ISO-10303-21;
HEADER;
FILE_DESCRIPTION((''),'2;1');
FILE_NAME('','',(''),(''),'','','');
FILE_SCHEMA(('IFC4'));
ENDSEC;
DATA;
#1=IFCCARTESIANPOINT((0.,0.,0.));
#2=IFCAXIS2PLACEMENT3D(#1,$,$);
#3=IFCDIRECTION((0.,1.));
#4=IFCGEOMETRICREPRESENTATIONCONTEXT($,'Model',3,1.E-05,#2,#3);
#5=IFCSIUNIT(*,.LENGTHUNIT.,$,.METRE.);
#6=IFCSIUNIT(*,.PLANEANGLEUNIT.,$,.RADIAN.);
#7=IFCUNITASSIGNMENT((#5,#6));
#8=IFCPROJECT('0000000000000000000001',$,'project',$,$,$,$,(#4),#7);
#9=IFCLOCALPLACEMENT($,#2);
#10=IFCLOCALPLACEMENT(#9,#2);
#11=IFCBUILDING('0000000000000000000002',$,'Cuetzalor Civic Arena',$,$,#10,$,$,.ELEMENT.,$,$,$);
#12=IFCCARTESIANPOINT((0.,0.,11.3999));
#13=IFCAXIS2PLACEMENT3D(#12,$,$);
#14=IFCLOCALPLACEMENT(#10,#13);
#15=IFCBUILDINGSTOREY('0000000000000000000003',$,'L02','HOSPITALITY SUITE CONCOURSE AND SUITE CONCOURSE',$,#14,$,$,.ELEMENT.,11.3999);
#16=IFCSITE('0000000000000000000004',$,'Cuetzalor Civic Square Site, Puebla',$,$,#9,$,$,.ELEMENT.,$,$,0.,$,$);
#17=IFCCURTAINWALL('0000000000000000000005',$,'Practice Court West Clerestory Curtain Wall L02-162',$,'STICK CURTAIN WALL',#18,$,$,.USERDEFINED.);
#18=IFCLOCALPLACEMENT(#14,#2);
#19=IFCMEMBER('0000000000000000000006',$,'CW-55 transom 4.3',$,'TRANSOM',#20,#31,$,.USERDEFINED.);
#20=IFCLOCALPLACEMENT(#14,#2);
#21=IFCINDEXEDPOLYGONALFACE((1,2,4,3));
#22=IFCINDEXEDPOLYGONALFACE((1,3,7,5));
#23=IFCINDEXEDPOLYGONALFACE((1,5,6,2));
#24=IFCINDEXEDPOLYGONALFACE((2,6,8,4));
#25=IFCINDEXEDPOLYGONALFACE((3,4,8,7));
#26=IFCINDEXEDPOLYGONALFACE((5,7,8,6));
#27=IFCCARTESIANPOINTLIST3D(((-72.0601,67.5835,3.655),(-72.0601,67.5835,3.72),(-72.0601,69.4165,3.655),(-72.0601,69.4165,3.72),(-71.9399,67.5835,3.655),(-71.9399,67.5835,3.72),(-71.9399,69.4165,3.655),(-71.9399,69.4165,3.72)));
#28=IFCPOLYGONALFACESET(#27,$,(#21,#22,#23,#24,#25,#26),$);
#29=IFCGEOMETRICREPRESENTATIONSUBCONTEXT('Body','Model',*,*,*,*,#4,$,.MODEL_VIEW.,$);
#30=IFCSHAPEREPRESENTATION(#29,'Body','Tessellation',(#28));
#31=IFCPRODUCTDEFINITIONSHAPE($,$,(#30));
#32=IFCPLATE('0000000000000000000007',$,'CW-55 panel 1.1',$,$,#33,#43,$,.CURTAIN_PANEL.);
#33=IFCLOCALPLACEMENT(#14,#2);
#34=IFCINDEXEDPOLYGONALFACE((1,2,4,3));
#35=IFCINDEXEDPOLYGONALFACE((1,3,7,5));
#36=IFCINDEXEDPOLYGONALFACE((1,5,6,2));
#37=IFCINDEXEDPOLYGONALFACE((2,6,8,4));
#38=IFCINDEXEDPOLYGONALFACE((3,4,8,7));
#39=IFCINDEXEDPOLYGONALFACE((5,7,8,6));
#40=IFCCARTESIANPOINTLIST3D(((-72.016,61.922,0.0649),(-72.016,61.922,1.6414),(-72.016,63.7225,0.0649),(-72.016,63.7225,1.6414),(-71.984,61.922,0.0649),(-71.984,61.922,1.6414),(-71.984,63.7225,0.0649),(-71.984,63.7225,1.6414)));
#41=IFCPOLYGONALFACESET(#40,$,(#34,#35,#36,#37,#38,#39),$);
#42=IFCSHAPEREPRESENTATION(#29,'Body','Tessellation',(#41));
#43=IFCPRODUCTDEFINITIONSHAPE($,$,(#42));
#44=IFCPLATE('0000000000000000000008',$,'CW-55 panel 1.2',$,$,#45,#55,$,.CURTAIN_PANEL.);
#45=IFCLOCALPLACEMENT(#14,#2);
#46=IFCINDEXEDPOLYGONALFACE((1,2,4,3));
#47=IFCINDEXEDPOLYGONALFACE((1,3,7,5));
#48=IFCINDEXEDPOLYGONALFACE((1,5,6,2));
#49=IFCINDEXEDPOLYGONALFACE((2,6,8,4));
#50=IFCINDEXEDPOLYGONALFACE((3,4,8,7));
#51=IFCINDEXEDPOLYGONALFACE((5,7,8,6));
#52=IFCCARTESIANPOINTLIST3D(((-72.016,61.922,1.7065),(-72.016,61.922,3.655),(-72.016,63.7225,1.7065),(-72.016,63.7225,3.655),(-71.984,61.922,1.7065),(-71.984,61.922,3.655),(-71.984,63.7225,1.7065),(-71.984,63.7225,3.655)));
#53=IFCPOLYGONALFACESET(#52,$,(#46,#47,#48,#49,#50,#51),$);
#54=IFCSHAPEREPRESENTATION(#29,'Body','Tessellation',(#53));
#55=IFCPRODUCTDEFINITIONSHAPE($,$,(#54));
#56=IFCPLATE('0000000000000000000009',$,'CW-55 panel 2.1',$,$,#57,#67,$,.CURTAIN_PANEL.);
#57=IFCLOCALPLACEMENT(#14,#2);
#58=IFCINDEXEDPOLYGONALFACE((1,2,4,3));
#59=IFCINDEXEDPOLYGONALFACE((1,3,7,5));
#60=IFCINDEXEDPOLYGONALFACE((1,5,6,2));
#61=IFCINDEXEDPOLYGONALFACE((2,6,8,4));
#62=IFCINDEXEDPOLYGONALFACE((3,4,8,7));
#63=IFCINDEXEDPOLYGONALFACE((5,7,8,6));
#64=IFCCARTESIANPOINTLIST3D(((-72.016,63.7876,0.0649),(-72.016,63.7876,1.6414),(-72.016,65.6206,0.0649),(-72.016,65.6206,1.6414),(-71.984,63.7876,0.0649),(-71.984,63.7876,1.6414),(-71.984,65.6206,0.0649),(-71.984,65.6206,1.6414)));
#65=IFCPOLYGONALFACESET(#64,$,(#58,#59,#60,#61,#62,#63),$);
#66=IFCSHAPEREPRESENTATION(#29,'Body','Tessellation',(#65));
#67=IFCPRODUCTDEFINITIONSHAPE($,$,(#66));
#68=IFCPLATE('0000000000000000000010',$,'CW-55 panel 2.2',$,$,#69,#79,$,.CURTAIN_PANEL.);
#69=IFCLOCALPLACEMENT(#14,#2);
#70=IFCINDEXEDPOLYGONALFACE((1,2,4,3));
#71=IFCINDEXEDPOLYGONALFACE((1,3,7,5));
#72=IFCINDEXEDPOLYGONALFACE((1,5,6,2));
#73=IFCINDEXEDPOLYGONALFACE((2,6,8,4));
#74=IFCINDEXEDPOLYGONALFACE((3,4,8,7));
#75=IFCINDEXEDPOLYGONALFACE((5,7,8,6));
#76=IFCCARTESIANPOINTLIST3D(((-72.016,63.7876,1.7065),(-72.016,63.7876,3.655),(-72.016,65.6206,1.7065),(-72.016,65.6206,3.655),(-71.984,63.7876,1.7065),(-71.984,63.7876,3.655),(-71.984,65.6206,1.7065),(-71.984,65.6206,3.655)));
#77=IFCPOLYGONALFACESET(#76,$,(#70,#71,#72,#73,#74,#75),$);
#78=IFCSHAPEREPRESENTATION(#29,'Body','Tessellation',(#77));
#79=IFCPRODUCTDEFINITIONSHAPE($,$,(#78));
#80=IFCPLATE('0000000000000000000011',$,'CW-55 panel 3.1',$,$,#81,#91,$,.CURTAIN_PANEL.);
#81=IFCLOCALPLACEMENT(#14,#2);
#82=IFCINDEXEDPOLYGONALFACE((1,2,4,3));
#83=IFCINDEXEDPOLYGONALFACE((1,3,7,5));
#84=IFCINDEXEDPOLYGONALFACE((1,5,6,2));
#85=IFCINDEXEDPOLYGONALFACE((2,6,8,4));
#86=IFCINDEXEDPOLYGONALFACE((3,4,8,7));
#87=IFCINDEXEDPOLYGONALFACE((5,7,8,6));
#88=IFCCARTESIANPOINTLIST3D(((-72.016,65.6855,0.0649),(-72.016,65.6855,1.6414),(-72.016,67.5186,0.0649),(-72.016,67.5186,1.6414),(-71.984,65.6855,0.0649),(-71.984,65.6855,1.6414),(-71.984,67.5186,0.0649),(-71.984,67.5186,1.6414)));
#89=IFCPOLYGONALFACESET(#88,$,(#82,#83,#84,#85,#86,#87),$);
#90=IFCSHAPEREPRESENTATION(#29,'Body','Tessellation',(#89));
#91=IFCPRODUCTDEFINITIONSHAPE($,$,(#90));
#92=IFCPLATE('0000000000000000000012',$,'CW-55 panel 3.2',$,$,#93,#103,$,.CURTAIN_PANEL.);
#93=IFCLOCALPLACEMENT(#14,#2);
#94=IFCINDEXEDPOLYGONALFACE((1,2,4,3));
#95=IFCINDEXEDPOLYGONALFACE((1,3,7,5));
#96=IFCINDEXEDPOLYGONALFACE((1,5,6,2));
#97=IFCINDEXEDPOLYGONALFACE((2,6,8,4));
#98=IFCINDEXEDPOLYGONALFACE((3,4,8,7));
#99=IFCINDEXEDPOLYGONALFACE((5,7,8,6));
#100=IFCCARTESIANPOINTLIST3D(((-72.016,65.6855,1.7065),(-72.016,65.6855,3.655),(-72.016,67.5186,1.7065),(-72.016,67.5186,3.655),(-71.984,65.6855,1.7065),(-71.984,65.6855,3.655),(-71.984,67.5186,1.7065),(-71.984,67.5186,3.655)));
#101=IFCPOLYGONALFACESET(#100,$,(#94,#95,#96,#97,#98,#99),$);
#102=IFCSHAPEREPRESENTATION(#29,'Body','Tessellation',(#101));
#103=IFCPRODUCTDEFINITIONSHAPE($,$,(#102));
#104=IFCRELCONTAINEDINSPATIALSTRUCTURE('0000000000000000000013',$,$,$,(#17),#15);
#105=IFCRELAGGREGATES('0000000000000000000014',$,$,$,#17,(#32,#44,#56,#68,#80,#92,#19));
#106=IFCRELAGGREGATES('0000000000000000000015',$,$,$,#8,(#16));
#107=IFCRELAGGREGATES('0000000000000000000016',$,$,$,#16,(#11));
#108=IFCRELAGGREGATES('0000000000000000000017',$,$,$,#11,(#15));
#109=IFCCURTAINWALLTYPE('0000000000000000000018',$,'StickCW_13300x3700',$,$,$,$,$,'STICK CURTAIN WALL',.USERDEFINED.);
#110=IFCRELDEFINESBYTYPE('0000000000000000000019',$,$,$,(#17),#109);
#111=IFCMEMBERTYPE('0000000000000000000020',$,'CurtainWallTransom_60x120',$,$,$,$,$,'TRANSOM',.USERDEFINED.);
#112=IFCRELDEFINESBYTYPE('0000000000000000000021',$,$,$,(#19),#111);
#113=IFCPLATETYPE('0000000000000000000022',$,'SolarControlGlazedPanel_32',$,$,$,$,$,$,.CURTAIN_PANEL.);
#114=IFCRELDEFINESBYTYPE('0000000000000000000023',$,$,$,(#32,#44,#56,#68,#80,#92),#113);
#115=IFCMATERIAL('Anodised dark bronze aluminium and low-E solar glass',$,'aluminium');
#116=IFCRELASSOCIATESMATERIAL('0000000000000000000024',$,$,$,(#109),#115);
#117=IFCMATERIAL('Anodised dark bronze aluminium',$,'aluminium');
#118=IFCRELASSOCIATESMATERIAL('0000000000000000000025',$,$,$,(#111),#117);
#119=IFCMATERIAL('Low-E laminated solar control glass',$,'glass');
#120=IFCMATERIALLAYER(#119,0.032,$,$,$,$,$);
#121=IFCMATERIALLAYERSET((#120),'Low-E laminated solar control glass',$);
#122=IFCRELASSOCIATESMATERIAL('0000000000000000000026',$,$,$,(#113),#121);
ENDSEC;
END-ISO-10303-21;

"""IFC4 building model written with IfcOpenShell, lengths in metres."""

from ifc_helpers import new_model, si_unit, direction, frame, origin, origin_2d, place, context, subcontext, project, spatial, rectangle, extrude, material, layer, layer_set, material_profile, profile_set, type_object, element, aggregate, save


model = new_model("IFC4")

# Units and contexts
model_context = context("Model", 3, precision=1e-05, world=origin(), true_north=direction((0.0, 1.0)))
body_context = subcontext(model_context, "Body", "Model", "MODEL_VIEW")
ifc_project = project(units=[si_unit("LENGTHUNIT", "METRE"), si_unit("PLANEANGLEUNIT", "RADIAN")], contexts=[model_context])

# Site, building, storey
site_placement = place(None, origin())
site = spatial("IfcSite", under=ifc_project, at=site_placement, Name="Cuetzalor Civic Square Site, Puebla", CompositionType="ELEMENT", RefElevation=0.0)
building_placement = place(site_placement, origin())
building = spatial("IfcBuilding", under=site, at=building_placement, Name="Cuetzalor Civic Arena", CompositionType="ELEMENT")
storey_placement = place(building_placement, frame((0.0, 0.0, 11.3999)))
storey = spatial("IfcBuildingStorey", under=building, at=storey_placement, Name="L02", Description="HOSPITALITY SUITE CONCOURSE AND SUITE CONCOURSE", CompositionType="ELEMENT", Elevation=11.3999)

# Curtain wall, member, plates
ifc_material_1 = material(Name="Anodised dark bronze aluminium and low-E solar glass", Category="aluminium")
curtain_wall_type = type_object("IfcCurtainWallType", Name="StickCW_13300x3700", ElementType="STICK CURTAIN WALL", PredefinedType="USERDEFINED", material=ifc_material_1)
curtain_wall_placement = place(storey_placement, origin())
curtain_wall = element("IfcCurtainWall", 1, at=curtain_wall_placement, inside=storey, type_object=curtain_wall_type, Name="Practice Court West Clerestory Curtain Wall L02-162", ObjectType="STICK CURTAIN WALL", PredefinedType="USERDEFINED")
ifc_material_2 = material(Name="Anodised dark bronze aluminium", Category="aluminium")
ifc_material_profile_1 = material_profile(ifc_material_2, rectangle(XDim=0.1201, YDim=0.0649, at=origin_2d()), Name="ALU TRANSOM 65x120")
ifc_profile_set_1 = profile_set([ifc_material_profile_1], Name="Anodised dark bronze aluminium")
member_type_1 = type_object("IfcMemberType", Name="CurtainWallTransom_60x120", ElementType="TRANSOM", PredefinedType="USERDEFINED", material=ifc_profile_set_1)
member_1_placement = place(storey_placement, frame((-72.0, 67.5835, 3.6875), z_axis=(0.0, 1.0, 0.0), x_axis=(-1.0, 0.0, 0.0)))
member_1 = element("IfcMember", 2, at=member_1_placement, type_object=member_type_1, Name="CW-55 transom 4.3", ObjectType="TRANSOM", PredefinedType="USERDEFINED", context=body_context, shape_type="SweptSolid", body=[
    extrude(rectangle(XDim=0.1201, YDim=0.0649, at=origin_2d()), origin(), (0.0, 0.0, 1.0), 1.833),
])
ifc_material_3 = material(Name="Low-E laminated solar control glass", Category="glass")
ifc_layer = layer(ifc_material_3, 0.032)
ifc_layer_set = layer_set([ifc_layer], Name="Low-E laminated solar control glass")
plate_type = type_object("IfcPlateType", Name="SolarControlGlazedPanel_32", PredefinedType="CURTAIN_PANEL", material=ifc_layer_set)
plate_1_placement = place(storey_placement, frame((-72.0, 62.8223, 0.0649), z_axis=(0.0, 0.0, 1.0), x_axis=(0.0, 1.0, 0.0)))
plate_1 = element("IfcPlate", 3, at=plate_1_placement, type_object=plate_type, Name="CW-55 panel 1.1", PredefinedType="CURTAIN_PANEL", context=body_context, shape_type="SweptSolid", body=[
    extrude(rectangle(XDim=1.8005, YDim=0.032, at=origin_2d()), origin(), (0.0, 0.0, 1.0), 1.5764),
])
plate_2_placement = place(storey_placement, frame((-72.0, 62.8223, 1.7065), z_axis=(0.0, 0.0, 1.0), x_axis=(0.0, 1.0, 0.0)))
plate_2 = element("IfcPlate", 4, at=plate_2_placement, type_object=plate_type, Name="CW-55 panel 1.2", PredefinedType="CURTAIN_PANEL", context=body_context, shape_type="SweptSolid", body=[
    extrude(rectangle(XDim=1.8005, YDim=0.032, at=origin_2d()), origin(), (0.0, 0.0, 1.0), 1.9485),
])
plate_3_placement = place(storey_placement, frame((-72.0, 64.7041, 0.0649), z_axis=(0.0, 0.0, 1.0), x_axis=(0.0, 1.0, 0.0)))
plate_3 = element("IfcPlate", 5, at=plate_3_placement, type_object=plate_type, Name="CW-55 panel 2.1", PredefinedType="CURTAIN_PANEL", context=body_context, shape_type="SweptSolid", body=[
    extrude(rectangle(XDim=1.833, YDim=0.032, at=origin_2d()), origin(), (0.0, 0.0, 1.0), 1.5764),
])
plate_4_placement = place(storey_placement, frame((-72.0, 64.7041, 1.7065), z_axis=(0.0, 0.0, 1.0), x_axis=(0.0, 1.0, 0.0)))
plate_4 = element("IfcPlate", 6, at=plate_4_placement, type_object=plate_type, Name="CW-55 panel 2.2", PredefinedType="CURTAIN_PANEL", context=body_context, shape_type="SweptSolid", body=[
    extrude(rectangle(XDim=1.833, YDim=0.032, at=origin_2d()), origin(), (0.0, 0.0, 1.0), 1.9485),
])
plate_5_placement = place(storey_placement, frame((-72.0, 66.6021, 0.0649), z_axis=(0.0, 0.0, 1.0), x_axis=(0.0, 1.0, 0.0)))
plate_5 = element("IfcPlate", 7, at=plate_5_placement, type_object=plate_type, Name="CW-55 panel 3.1", PredefinedType="CURTAIN_PANEL", context=body_context, shape_type="SweptSolid", body=[
    extrude(rectangle(XDim=1.833, YDim=0.032, at=origin_2d()), origin(), (0.0, 0.0, 1.0), 1.5764),
])
plate_6_placement = place(storey_placement, frame((-72.0, 66.6021, 1.7065), z_axis=(0.0, 0.0, 1.0), x_axis=(0.0, 1.0, 0.0)))
plate_6 = element("IfcPlate", 8, at=plate_6_placement, type_object=plate_type, Name="CW-55 panel 3.2", PredefinedType="CURTAIN_PANEL", context=body_context, shape_type="SweptSolid", body=[
    extrude(rectangle(XDim=1.833, YDim=0.032, at=origin_2d()), origin(), (0.0, 0.0, 1.0), 1.9485),
])
aggregate(curtain_wall, [plate_1, plate_2, plate_3, plate_4, plate_5, plate_6, member_1])

save(model, "model.ifc")
